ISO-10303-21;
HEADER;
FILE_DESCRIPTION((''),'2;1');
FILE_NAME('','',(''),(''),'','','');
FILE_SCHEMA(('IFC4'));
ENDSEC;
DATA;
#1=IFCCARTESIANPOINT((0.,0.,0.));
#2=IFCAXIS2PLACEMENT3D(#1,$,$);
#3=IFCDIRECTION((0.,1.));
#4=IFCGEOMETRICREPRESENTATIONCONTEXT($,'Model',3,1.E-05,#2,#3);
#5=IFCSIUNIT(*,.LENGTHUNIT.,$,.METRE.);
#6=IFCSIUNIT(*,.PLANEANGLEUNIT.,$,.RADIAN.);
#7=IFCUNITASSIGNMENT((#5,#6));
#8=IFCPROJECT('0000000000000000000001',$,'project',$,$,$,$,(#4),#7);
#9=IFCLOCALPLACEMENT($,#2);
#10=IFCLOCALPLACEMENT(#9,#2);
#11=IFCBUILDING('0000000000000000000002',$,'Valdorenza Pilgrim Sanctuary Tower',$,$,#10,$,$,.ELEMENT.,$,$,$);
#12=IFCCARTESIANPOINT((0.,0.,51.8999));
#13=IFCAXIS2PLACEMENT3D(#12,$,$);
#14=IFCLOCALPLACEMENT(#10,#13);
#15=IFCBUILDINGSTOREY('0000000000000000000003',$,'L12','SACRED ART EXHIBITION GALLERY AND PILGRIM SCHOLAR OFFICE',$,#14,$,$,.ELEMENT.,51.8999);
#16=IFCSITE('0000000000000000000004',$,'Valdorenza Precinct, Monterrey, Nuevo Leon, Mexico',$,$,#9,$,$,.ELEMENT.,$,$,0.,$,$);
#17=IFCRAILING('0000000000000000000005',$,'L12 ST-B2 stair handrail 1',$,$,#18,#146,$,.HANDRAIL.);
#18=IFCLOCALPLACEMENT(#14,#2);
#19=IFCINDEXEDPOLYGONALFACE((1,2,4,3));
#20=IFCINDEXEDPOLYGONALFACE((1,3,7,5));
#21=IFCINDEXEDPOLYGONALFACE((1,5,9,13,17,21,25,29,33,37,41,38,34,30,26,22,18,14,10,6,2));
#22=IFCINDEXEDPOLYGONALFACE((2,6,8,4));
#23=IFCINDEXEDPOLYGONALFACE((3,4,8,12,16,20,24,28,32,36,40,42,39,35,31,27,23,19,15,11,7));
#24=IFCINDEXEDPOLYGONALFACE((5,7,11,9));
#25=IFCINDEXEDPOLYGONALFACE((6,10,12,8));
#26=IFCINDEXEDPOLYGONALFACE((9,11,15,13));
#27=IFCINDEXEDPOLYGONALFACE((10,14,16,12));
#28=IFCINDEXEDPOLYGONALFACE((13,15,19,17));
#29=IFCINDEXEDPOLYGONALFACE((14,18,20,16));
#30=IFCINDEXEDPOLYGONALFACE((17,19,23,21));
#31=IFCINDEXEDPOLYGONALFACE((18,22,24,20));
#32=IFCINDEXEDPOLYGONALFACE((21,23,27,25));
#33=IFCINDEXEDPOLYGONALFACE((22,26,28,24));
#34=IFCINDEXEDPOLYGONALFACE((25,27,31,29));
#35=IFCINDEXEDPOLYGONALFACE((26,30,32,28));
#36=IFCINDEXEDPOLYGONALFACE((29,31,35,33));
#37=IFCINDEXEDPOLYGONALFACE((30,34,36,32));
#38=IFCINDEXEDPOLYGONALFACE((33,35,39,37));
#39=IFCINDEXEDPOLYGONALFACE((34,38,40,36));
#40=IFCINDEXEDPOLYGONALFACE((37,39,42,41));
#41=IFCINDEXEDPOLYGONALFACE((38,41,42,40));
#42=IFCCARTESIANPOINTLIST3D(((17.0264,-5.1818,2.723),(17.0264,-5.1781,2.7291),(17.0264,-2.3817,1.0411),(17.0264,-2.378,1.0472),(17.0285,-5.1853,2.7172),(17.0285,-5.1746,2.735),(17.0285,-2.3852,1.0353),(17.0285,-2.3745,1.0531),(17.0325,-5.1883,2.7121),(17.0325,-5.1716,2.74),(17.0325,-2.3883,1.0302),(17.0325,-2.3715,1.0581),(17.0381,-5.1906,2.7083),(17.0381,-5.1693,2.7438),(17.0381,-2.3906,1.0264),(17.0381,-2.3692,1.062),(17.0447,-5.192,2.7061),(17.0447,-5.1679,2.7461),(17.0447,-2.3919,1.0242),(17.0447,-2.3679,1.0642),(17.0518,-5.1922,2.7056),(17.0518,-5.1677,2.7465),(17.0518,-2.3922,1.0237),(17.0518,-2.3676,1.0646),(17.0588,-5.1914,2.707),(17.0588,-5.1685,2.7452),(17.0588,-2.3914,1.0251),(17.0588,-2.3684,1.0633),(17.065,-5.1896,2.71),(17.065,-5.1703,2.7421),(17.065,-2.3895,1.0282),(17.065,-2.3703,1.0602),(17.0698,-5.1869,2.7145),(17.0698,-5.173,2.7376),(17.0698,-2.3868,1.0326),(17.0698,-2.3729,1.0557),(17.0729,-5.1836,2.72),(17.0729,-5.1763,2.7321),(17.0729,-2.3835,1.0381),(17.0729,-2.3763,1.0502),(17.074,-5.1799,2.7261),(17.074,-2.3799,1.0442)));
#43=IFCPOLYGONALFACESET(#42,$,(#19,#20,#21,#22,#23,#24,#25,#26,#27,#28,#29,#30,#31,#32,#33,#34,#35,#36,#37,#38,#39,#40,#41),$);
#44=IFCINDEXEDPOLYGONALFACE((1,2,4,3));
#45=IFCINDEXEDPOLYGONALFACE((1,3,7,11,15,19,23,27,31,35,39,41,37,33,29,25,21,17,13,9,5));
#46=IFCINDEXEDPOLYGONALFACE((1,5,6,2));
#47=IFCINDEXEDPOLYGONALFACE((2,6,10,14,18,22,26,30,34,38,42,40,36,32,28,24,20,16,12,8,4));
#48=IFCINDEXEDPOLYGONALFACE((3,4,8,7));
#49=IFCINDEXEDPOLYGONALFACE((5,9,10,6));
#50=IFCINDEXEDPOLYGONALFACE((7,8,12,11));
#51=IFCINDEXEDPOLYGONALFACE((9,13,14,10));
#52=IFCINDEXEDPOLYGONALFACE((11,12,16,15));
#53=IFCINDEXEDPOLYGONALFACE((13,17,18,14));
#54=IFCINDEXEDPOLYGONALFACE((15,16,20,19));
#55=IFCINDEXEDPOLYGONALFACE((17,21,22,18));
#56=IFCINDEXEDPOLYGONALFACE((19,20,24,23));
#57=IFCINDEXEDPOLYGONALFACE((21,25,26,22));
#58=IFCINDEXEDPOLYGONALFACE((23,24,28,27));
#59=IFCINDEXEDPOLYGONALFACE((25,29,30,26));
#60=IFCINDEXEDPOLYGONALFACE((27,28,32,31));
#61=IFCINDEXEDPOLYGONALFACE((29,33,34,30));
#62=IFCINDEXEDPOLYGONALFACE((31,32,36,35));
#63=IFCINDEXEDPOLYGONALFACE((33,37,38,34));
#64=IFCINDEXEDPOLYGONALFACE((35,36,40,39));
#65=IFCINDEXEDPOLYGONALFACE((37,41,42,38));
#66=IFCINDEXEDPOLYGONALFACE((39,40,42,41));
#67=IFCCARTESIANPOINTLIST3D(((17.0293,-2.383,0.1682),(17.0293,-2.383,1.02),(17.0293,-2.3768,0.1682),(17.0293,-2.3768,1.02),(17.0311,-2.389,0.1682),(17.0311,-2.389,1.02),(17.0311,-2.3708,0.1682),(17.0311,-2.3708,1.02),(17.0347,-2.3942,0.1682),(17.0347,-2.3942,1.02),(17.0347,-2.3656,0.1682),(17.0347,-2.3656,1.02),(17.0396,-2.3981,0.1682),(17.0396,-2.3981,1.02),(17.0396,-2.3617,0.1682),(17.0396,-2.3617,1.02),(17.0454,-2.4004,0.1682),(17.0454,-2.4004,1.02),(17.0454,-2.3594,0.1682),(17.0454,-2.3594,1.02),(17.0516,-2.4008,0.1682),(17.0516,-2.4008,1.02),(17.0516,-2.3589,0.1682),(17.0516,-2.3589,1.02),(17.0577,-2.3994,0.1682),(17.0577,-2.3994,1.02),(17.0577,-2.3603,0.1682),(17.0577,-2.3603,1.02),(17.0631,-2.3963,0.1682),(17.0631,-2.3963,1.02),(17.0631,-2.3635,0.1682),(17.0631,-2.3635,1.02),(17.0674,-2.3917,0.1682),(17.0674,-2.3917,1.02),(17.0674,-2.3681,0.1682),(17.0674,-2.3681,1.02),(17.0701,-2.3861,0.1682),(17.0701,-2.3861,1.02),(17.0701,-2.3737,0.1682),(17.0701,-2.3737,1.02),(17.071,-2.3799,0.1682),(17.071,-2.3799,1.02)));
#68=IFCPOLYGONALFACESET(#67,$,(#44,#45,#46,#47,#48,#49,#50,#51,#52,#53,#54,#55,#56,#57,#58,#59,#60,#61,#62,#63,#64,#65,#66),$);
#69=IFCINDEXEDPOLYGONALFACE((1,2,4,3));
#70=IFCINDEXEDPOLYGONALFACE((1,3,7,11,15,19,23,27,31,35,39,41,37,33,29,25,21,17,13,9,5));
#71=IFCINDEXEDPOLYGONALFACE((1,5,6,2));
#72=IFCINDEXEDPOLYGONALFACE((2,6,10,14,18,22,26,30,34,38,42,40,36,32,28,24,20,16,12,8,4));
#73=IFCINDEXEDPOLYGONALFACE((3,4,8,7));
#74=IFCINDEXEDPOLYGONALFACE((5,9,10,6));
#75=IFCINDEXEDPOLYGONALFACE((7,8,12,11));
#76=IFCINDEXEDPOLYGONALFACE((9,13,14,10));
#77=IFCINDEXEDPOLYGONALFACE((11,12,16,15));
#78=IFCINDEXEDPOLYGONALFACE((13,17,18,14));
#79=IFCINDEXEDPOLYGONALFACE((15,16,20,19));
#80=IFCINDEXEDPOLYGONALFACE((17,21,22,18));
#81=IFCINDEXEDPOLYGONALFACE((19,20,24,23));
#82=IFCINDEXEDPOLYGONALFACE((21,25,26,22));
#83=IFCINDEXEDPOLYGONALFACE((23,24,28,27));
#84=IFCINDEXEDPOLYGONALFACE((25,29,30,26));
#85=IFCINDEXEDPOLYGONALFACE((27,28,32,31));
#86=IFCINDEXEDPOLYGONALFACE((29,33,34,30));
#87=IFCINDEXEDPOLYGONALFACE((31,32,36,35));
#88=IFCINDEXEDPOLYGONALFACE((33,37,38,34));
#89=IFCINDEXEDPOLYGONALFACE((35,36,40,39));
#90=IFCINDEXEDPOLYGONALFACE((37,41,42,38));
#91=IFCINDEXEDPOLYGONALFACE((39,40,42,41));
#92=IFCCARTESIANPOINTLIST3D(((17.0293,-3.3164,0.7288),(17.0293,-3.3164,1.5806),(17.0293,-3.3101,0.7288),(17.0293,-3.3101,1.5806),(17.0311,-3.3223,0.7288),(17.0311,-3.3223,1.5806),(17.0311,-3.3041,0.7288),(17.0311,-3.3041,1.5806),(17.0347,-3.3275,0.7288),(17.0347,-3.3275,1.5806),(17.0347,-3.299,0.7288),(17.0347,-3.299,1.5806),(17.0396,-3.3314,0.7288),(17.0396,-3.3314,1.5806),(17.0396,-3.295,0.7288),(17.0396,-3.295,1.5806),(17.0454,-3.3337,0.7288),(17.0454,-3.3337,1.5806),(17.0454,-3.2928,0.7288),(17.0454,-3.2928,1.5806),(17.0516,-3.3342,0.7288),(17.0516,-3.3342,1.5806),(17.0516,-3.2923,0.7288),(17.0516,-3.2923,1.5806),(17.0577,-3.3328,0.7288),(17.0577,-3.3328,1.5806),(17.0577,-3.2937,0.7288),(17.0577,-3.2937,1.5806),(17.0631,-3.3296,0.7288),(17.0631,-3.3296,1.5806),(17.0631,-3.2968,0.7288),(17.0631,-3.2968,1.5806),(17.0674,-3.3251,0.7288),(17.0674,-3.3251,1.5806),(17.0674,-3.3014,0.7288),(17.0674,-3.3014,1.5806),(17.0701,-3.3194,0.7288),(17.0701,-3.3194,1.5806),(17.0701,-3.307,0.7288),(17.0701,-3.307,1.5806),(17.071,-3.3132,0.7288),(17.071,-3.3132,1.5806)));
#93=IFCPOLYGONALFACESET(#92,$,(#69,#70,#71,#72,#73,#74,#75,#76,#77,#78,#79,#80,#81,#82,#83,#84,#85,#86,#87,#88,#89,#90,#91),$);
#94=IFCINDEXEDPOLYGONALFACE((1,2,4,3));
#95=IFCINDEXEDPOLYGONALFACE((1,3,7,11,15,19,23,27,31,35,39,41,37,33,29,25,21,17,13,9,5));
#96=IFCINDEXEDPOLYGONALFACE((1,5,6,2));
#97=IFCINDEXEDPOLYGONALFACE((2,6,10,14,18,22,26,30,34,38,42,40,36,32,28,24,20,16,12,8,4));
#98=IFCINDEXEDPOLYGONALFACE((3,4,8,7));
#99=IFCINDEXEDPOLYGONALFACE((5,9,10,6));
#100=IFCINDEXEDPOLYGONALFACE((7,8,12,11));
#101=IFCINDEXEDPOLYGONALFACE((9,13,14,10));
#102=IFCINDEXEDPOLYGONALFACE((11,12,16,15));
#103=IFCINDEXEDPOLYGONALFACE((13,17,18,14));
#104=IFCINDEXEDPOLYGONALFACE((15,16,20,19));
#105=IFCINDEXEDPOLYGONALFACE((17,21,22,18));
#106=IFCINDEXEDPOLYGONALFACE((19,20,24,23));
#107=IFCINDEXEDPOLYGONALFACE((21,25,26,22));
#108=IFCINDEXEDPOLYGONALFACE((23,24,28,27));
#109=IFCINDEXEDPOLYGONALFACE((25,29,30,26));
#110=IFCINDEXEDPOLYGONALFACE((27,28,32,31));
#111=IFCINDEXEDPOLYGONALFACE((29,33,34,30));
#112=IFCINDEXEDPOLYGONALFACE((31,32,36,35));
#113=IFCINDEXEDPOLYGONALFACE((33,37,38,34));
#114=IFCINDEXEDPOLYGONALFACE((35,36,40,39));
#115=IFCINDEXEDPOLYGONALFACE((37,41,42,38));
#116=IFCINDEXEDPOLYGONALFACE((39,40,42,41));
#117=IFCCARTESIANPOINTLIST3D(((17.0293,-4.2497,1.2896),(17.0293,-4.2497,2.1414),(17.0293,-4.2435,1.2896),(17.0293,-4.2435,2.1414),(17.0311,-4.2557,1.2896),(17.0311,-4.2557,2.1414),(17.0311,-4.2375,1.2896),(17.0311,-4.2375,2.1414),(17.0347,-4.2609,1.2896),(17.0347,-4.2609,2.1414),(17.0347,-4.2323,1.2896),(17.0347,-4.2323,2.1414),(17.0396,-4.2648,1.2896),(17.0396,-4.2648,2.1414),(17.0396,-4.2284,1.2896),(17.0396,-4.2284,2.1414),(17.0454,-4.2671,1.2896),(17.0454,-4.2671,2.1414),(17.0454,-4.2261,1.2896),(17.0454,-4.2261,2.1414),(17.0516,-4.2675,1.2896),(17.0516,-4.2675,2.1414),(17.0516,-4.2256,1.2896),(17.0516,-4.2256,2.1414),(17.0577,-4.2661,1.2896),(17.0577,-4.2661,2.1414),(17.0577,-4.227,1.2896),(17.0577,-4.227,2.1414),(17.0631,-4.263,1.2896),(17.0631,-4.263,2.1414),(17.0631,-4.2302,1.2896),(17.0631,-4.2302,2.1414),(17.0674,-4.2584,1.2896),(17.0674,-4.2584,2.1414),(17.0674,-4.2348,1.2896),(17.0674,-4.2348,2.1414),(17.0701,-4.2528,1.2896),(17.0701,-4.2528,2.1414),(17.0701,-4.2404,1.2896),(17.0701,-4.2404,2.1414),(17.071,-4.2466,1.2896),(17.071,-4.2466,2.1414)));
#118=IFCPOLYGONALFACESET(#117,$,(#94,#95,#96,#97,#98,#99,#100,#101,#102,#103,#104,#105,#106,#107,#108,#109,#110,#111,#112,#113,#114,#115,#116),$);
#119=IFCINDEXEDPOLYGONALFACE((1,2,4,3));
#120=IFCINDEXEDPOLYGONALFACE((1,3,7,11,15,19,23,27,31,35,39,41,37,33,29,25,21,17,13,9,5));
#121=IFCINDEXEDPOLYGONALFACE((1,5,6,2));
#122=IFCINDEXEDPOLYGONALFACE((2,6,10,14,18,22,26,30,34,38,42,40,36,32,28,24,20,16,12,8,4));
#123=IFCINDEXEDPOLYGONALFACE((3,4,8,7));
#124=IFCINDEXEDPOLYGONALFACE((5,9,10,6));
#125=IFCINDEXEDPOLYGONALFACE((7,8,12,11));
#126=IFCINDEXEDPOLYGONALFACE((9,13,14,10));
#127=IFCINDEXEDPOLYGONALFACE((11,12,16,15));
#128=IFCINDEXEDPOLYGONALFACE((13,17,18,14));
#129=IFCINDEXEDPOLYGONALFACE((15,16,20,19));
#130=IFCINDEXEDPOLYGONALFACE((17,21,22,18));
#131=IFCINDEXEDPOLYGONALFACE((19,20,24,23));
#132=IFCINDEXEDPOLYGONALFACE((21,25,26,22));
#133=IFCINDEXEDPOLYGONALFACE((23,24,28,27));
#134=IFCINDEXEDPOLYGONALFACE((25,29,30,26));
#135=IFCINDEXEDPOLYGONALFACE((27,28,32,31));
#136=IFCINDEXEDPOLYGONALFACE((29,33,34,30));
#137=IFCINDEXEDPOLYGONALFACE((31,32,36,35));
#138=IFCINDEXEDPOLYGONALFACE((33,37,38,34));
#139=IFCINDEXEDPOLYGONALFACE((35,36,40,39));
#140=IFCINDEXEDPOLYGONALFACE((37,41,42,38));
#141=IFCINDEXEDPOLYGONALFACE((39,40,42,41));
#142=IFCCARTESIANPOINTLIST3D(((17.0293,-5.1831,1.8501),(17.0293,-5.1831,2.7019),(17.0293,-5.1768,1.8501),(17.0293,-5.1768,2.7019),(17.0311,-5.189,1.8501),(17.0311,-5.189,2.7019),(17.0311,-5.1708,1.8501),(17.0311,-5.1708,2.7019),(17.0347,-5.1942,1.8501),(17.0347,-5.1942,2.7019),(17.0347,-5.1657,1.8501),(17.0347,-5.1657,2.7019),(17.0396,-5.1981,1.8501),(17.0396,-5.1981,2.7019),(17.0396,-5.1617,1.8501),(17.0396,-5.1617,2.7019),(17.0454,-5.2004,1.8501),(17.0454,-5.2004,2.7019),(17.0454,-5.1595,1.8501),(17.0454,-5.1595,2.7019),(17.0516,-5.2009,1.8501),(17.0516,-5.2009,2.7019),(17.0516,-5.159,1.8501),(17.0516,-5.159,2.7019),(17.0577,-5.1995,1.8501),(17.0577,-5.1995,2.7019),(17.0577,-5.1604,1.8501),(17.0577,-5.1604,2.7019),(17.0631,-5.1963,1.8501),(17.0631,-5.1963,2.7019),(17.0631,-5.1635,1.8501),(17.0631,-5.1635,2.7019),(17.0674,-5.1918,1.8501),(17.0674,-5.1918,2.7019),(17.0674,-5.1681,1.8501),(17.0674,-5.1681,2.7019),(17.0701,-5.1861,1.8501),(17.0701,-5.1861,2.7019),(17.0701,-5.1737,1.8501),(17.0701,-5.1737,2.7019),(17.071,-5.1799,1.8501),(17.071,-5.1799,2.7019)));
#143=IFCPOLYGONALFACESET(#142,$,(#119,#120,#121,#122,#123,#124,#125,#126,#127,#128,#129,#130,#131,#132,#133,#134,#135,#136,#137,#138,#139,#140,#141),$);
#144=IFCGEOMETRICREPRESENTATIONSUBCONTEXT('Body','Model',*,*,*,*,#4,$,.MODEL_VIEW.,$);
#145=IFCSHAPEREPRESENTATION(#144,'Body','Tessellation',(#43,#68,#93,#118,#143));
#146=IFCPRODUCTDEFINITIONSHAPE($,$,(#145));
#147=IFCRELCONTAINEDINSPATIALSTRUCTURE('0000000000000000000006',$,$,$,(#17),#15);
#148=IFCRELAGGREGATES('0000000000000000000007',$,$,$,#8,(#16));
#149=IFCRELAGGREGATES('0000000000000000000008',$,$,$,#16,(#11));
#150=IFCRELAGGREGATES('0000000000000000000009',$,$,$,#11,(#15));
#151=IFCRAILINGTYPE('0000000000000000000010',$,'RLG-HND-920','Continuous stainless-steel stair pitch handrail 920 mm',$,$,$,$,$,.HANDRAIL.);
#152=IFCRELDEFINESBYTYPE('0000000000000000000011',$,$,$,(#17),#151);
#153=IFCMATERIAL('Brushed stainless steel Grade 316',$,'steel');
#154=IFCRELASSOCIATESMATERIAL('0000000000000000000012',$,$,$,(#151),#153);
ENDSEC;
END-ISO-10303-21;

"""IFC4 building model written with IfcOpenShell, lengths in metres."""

from ifc_helpers import new_model, si_unit, direction, frame, origin, origin_2d, place, context, subcontext, project, spatial, circle, extrude, material, type_object, element, save


model = new_model("IFC4")

# Units and contexts
model_context = context("Model", 3, precision=1e-05, world=origin(), true_north=direction((0.0, 1.0)))
body_context = subcontext(model_context, "Body", "Model", "MODEL_VIEW")
ifc_project = project(units=[si_unit("LENGTHUNIT", "METRE"), si_unit("PLANEANGLEUNIT", "RADIAN")], contexts=[model_context])

# Site, building, storey
site_placement = place(None, origin())
site = spatial("IfcSite", under=ifc_project, at=site_placement, Name="Valdorenza Precinct, Monterrey, Nuevo Leon, Mexico", CompositionType="ELEMENT", RefElevation=0.0)
building_placement = place(site_placement, origin())
building = spatial("IfcBuilding", under=site, at=building_placement, Name="Valdorenza Pilgrim Sanctuary Tower", CompositionType="ELEMENT")
storey_placement = place(building_placement, frame((0.0, 0.0, 51.8999)))
storey = spatial("IfcBuildingStorey", under=building, at=storey_placement, Name="L12", Description="SACRED ART EXHIBITION GALLERY AND PILGRIM SCHOLAR OFFICE", CompositionType="ELEMENT", Elevation=51.8999)

# Shared definitions
ifc_material_1 = material(Name="Brushed stainless steel Grade 316", Category="steel")

# Railing
railing_type_1 = type_object("IfcRailingType", Name="RLG-HND-920", Description="Continuous stainless-steel stair pitch handrail 920 mm", PredefinedType="HANDRAIL", material=ifc_material_1)
railing_1_placement = place(storey_placement, frame((17.05, -2.3799, 0.1682)))
element("IfcRailing", 1, at=railing_1_placement, inside=storey, type_object=railing_type_1, Name="L12 ST-B2 stair handrail 1", PredefinedType="HANDRAIL", context=body_context, shape_type="SweptSolid", body=[
    extrude(circle(Radius=0.0239, at=origin_2d()), frame((0.0, 0.0, 0.876), z_axis=(0.0, -0.857242, 0.514913), x_axis=(1.0, 0.0, 0.0)), (0.0, 0.0, 1.0), 3.2664),
    extrude(circle(Radius=0.021, at=origin_2d()), origin(), (0.0, 0.0, 1.0), 0.8518),
    extrude(circle(Radius=0.021, at=origin_2d()), frame((0.0, -0.9333, 0.5605)), (0.0, 0.0, 1.0), 0.8518),
    extrude(circle(Radius=0.021, at=origin_2d()), frame((0.0, -1.8667, 1.1213)), (0.0, 0.0, 1.0), 0.8518),
    extrude(circle(Radius=0.021, at=origin_2d()), frame((0.0, -2.8, 1.6819)), (0.0, 0.0, 1.0), 0.8518),
])

save(model, "model.ifc")
